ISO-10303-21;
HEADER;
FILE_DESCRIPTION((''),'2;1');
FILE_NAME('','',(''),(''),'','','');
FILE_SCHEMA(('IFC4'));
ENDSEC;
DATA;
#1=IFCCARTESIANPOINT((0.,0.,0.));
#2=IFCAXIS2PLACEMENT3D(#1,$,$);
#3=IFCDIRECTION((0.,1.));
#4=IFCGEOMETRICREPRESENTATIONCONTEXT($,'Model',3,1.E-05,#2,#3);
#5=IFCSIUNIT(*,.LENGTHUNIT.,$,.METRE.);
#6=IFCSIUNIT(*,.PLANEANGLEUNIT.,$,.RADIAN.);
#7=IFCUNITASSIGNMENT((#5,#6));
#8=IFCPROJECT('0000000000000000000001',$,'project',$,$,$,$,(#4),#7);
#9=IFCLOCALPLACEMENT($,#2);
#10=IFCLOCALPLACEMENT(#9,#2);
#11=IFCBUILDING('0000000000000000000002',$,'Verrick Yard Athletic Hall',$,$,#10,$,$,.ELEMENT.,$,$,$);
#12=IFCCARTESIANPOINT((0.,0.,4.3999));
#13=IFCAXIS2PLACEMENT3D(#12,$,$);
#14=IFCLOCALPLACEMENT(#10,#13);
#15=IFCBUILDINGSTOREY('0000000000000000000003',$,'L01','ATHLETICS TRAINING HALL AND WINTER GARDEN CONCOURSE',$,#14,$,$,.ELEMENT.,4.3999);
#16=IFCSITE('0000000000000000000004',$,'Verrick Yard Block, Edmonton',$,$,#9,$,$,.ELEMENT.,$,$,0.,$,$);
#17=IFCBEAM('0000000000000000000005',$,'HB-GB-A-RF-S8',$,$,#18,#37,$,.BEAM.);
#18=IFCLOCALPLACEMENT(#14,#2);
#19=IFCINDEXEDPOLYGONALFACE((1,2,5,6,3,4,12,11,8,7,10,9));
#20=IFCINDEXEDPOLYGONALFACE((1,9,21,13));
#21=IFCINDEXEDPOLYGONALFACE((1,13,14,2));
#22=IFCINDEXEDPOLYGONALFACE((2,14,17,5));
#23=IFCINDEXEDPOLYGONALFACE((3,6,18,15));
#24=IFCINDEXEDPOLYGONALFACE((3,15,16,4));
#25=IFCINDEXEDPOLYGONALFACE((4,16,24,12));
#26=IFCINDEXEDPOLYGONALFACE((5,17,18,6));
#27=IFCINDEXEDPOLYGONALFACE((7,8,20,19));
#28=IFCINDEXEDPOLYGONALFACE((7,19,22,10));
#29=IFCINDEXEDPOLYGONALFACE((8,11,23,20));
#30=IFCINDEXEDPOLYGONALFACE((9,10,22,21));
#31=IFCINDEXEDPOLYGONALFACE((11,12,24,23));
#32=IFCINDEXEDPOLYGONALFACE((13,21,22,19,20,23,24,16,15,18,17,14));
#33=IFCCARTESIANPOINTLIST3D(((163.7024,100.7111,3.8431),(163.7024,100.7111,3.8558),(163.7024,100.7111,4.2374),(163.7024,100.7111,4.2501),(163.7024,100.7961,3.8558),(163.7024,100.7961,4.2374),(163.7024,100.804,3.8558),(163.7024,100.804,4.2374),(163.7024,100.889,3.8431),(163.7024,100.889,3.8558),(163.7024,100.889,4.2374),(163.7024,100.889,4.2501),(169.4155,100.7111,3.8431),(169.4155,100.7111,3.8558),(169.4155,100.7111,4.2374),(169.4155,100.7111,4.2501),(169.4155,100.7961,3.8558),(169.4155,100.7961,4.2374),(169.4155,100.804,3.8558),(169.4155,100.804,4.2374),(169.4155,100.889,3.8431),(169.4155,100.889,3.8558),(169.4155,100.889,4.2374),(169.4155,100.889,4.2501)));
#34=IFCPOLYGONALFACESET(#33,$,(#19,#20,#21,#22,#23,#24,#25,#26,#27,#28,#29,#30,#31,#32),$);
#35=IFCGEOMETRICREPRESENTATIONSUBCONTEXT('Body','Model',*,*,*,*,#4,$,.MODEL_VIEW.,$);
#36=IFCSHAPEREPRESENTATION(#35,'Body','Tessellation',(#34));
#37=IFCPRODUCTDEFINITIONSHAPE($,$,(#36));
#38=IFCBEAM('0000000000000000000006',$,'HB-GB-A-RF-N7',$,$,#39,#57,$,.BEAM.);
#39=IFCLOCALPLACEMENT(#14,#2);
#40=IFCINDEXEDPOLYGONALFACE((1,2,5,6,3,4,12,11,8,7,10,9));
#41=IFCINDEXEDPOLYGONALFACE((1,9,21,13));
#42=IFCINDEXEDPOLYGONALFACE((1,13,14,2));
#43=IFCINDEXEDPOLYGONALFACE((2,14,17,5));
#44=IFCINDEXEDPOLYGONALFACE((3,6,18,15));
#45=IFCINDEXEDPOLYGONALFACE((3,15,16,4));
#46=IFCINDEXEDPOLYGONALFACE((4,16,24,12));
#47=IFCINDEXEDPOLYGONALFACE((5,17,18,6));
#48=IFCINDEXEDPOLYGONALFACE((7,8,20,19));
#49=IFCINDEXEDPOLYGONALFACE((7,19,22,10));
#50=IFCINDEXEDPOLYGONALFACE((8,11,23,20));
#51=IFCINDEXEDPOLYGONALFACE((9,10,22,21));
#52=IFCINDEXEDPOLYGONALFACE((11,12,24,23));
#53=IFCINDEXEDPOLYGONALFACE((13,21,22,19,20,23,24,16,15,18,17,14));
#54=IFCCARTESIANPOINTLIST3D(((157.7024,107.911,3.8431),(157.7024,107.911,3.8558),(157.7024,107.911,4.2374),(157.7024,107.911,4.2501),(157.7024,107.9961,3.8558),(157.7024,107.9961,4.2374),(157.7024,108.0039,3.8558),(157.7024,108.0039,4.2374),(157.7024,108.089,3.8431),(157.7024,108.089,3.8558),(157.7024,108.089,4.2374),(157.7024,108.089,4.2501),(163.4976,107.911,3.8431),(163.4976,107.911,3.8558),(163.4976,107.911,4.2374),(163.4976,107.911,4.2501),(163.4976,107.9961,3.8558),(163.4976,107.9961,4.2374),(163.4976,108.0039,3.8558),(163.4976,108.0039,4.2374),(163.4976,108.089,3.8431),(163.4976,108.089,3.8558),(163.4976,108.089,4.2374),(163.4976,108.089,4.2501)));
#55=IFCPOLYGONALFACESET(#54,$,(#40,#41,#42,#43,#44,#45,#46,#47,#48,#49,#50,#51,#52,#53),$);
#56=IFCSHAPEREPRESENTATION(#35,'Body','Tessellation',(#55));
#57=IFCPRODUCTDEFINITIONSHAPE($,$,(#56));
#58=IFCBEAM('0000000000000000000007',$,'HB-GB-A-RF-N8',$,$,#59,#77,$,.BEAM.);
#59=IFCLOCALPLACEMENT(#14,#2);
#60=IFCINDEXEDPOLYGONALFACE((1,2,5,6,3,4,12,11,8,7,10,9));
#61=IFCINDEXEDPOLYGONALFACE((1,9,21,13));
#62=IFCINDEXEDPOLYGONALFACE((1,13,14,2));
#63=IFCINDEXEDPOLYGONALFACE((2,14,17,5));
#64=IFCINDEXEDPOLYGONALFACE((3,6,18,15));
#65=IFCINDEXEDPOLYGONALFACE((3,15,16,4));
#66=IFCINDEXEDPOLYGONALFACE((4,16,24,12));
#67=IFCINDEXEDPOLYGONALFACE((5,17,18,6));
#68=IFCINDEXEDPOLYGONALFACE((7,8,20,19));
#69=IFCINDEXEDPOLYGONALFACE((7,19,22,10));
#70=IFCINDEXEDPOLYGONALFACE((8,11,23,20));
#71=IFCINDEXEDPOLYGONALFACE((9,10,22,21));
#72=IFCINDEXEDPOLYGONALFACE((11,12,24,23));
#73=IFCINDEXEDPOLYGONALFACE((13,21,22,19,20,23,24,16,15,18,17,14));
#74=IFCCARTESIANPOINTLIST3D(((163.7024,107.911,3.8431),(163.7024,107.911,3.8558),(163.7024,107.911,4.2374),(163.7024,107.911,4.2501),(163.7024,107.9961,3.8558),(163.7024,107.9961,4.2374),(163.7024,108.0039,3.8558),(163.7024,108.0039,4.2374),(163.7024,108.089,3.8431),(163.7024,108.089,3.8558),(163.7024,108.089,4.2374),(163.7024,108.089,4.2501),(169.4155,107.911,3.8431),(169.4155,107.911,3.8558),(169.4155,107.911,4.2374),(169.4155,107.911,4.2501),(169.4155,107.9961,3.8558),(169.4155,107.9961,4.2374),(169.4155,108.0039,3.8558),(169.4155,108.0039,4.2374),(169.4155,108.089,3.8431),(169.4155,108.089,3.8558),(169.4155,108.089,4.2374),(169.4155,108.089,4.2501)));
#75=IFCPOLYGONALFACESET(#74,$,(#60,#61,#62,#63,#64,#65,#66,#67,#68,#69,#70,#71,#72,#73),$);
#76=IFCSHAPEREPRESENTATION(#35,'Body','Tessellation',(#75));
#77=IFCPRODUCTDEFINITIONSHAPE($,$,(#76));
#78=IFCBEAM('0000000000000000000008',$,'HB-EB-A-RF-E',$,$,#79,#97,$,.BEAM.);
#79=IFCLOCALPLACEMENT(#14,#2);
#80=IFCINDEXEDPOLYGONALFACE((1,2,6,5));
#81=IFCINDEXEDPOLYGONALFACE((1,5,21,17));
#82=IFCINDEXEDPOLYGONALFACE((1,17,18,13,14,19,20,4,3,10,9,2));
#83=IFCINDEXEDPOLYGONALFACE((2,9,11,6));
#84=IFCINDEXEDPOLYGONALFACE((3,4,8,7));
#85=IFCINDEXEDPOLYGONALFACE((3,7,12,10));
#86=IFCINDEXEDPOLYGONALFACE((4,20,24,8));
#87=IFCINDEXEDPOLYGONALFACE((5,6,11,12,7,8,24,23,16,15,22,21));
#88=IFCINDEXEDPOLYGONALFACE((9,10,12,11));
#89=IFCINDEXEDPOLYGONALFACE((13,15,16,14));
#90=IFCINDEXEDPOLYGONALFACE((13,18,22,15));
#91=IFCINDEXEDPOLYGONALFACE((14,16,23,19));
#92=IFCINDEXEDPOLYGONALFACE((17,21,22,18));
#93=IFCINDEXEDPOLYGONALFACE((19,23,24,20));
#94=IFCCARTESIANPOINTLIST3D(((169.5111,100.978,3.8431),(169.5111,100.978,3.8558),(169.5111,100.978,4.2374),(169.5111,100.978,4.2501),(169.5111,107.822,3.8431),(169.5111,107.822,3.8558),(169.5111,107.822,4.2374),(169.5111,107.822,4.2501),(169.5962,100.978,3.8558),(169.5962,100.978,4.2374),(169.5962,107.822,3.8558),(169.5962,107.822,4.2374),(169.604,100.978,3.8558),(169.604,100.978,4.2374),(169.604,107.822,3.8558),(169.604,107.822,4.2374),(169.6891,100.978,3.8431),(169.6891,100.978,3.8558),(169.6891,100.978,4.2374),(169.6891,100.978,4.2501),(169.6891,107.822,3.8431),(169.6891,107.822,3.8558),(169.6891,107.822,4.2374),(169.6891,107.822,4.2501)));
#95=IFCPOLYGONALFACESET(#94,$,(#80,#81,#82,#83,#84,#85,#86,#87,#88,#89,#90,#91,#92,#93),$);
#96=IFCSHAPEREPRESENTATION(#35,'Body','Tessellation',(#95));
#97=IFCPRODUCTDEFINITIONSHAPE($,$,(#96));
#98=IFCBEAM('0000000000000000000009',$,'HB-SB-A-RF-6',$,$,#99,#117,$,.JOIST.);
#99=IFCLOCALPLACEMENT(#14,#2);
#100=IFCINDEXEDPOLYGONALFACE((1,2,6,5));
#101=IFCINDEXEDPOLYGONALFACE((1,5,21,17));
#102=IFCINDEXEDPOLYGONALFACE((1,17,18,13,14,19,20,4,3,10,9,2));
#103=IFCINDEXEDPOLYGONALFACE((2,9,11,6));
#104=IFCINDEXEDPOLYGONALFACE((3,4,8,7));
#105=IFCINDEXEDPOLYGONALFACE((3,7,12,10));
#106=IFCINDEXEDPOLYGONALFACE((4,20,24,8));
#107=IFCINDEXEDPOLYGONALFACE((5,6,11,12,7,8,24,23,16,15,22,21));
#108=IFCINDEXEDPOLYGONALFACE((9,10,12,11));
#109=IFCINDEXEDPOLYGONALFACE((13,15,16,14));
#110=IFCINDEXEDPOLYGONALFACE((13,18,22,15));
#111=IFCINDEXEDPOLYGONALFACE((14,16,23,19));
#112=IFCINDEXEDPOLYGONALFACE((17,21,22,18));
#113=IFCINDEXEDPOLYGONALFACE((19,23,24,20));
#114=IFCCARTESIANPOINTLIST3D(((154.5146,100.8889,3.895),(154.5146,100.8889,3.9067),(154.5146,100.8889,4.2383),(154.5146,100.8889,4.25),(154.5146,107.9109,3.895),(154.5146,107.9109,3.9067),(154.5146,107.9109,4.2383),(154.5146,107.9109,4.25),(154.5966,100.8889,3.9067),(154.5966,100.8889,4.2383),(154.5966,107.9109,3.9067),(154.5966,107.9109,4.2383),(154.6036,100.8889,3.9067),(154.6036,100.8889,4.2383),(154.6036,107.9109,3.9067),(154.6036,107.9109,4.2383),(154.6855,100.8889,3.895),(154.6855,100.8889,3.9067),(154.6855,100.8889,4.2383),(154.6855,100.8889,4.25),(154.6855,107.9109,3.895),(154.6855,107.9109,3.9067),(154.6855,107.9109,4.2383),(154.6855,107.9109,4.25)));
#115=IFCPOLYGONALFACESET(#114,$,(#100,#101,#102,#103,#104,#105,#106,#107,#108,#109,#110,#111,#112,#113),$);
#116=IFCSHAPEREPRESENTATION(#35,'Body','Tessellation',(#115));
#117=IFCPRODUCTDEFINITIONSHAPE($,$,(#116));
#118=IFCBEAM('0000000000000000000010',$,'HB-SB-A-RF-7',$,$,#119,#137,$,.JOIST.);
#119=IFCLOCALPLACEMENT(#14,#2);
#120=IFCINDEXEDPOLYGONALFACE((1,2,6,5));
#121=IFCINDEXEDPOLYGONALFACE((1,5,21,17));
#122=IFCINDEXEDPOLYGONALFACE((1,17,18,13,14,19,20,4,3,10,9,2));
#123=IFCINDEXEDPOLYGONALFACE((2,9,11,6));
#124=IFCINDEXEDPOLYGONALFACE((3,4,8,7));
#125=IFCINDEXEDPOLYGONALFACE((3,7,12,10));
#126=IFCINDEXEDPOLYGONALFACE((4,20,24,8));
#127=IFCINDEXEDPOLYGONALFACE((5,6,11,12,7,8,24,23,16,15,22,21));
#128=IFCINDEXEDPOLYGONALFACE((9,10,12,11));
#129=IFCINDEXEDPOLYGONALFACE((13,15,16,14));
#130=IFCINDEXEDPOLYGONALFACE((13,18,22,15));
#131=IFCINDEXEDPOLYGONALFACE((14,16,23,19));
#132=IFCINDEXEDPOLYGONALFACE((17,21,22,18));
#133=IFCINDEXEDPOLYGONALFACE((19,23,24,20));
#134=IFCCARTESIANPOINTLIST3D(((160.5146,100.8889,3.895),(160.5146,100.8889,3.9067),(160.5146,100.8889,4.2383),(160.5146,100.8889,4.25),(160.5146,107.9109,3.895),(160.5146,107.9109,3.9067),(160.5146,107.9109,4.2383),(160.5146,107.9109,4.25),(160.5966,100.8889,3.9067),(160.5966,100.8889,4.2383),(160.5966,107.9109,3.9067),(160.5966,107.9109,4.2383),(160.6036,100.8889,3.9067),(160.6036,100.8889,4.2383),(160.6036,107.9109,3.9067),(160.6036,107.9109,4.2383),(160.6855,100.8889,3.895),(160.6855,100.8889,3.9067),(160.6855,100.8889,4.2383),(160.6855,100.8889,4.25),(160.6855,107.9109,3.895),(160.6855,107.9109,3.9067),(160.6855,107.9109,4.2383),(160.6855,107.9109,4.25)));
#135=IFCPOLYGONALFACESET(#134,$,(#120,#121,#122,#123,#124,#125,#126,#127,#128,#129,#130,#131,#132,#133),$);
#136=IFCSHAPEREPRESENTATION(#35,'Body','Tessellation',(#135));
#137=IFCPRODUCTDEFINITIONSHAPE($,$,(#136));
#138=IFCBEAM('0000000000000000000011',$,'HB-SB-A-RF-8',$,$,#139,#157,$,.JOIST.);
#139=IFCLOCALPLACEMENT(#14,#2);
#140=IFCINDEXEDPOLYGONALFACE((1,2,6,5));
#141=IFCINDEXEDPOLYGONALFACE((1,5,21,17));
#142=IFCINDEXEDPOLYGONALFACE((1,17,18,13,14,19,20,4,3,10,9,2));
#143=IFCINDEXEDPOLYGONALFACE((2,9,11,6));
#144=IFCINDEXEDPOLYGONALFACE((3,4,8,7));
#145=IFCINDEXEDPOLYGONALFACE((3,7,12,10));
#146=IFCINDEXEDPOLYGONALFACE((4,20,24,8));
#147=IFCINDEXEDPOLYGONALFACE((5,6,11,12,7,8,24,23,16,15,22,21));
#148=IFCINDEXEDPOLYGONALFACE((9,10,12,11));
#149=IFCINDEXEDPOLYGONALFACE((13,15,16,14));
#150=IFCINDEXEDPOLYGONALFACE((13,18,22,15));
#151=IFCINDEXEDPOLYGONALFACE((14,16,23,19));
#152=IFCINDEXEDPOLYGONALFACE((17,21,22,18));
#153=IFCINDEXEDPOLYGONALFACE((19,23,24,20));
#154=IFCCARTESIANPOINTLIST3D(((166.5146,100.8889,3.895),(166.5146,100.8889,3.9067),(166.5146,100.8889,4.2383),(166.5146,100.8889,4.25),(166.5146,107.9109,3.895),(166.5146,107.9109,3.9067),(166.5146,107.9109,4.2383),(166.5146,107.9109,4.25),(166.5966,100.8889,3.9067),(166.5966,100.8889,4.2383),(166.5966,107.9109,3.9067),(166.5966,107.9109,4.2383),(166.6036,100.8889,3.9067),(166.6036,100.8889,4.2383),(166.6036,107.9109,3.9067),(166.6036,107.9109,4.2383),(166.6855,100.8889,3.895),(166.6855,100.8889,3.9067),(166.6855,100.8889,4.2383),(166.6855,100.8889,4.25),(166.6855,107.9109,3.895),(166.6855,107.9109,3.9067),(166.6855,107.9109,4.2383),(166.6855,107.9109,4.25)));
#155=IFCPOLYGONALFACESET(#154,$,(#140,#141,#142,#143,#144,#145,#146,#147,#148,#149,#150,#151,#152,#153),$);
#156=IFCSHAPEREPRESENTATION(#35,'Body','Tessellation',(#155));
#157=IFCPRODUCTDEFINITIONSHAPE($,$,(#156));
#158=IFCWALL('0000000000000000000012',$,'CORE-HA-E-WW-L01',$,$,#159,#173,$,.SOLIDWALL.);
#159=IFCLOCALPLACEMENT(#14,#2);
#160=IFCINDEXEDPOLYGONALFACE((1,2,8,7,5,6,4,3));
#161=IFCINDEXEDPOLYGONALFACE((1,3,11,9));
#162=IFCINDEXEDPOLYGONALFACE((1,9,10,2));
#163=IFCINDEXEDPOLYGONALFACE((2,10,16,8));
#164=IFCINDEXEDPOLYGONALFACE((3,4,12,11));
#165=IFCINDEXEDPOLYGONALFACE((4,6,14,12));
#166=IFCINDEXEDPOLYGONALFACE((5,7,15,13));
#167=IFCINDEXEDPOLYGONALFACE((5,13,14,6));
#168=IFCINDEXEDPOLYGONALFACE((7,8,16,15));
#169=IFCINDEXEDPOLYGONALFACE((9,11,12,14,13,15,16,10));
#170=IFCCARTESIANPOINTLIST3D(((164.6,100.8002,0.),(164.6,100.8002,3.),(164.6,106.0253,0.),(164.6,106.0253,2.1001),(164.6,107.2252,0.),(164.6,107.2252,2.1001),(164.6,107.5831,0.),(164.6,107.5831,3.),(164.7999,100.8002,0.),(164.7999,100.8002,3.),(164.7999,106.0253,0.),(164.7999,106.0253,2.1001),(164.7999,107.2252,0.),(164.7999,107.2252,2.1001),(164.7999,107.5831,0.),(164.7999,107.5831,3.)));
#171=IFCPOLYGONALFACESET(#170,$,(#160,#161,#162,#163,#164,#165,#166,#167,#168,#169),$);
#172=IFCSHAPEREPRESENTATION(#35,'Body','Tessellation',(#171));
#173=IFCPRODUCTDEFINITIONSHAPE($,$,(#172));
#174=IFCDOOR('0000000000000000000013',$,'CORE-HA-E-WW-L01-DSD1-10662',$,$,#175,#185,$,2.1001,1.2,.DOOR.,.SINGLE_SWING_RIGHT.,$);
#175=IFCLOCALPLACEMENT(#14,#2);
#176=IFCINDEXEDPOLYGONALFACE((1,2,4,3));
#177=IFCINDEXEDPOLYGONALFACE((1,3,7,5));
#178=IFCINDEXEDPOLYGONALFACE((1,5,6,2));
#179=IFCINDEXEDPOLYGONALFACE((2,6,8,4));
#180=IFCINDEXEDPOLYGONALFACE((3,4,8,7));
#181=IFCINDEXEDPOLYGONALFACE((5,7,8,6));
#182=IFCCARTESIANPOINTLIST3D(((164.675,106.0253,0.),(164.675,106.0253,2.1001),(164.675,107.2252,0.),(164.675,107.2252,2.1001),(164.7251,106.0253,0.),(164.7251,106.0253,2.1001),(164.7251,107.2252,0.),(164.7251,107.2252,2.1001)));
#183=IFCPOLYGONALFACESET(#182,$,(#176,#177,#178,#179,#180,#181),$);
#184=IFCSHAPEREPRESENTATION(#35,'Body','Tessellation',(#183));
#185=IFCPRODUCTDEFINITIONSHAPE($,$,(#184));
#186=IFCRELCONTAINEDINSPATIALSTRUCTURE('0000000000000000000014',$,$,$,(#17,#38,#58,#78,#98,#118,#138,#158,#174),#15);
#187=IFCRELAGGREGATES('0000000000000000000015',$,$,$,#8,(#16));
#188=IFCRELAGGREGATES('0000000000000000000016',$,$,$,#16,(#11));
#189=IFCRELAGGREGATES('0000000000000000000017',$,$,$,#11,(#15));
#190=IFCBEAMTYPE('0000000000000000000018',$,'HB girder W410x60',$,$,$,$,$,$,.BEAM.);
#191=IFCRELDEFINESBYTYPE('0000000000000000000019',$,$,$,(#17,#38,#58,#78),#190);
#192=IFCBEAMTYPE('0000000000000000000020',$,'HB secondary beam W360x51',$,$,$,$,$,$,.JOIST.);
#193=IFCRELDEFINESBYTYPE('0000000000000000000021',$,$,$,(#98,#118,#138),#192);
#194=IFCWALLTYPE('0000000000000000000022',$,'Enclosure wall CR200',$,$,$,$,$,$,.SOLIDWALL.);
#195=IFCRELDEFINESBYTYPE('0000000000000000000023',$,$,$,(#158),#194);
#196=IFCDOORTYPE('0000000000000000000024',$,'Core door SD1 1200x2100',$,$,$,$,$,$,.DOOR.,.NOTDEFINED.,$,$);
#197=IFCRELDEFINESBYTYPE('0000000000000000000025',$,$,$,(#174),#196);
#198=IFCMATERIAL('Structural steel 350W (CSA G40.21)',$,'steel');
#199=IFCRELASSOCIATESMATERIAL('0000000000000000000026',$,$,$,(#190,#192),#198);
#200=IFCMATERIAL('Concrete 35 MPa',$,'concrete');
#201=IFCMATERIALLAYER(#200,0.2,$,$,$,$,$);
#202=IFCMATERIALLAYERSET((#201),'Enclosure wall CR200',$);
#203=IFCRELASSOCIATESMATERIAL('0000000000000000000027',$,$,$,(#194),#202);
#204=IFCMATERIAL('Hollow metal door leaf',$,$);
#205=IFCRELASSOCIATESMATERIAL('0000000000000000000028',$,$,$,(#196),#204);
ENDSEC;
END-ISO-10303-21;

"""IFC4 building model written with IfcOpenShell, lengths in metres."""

from ifc_helpers import new_model, si_unit, direction, frame, frame_2d, origin, origin_2d, place, context, subcontext, project, spatial, rectangle, i_section, extrude, material, layer, layer_set, material_profile, profile_set, type_object, element, fill, save


model = new_model("IFC4")

# Units and contexts
model_context = context("Model", 3, precision=1e-05, world=origin(), true_north=direction((0.0, 1.0)))
body_context = subcontext(model_context, "Body", "Model", "MODEL_VIEW")
ifc_project = project(units=[si_unit("LENGTHUNIT", "METRE"), si_unit("PLANEANGLEUNIT", "RADIAN")], contexts=[model_context])

# Site, building, storey
site_placement = place(None, origin())
site = spatial("IfcSite", under=ifc_project, at=site_placement, Name="Verrick Yard Block, Edmonton", CompositionType="ELEMENT", RefElevation=0.0)
building_placement = place(site_placement, origin())
building = spatial("IfcBuilding", under=site, at=building_placement, Name="Verrick Yard Athletic Hall", CompositionType="ELEMENT")
storey_placement = place(building_placement, frame((0.0, 0.0, 4.3999)))
storey = spatial("IfcBuildingStorey", under=building, at=storey_placement, Name="L01", Description="ATHLETICS TRAINING HALL AND WINTER GARDEN CONCOURSE", CompositionType="ELEMENT", Elevation=4.3999)

# Shared definitions
ifc_material_1 = material(Name="Structural steel 350W (CSA G40.21)", Category="steel")

# Beams
ifc_material_profile_1 = material_profile(ifc_material_1, i_section(OverallWidth=0.178, OverallDepth=0.407, WebThickness=0.0078, FlangeThickness=0.0127, at=origin_2d()), Name="W410x60")
ifc_profile_set_1 = profile_set([ifc_material_profile_1], Name="Structural steel 350W (CSA G40.21)")
beam_type_1 = type_object("IfcBeamType", Name="HB girder W410x60", PredefinedType="BEAM", material=ifc_profile_set_1)
beam_1_placement = place(storey_placement, frame((163.7024, 100.8, 4.0466), z_axis=(1.0, 0.0, 0.0), x_axis=(0.0, 1.0, 0.0)))
element("IfcBeam", 1, at=beam_1_placement, inside=storey, type_object=beam_type_1, Name="HB-GB-A-RF-S8", PredefinedType="BEAM", context=body_context, shape_type="SweptSolid", body=[
    extrude(i_section(OverallWidth=0.178, OverallDepth=0.407, WebThickness=0.0078, FlangeThickness=0.0127, at=origin_2d()), origin(), (0.0, 0.0, 1.0), 5.7131),
])
beam_2_placement = place(storey_placement, frame((157.7024, 108.0, 4.0466), z_axis=(1.0, 0.0, 0.0), x_axis=(0.0, 1.0, 0.0)))
element("IfcBeam", 2, at=beam_2_placement, inside=storey, type_object=beam_type_1, Name="HB-GB-A-RF-N7", PredefinedType="BEAM", context=body_context, shape_type="SweptSolid", body=[
    extrude(i_section(OverallWidth=0.178, OverallDepth=0.407, WebThickness=0.0078, FlangeThickness=0.0127, at=origin_2d()), origin(), (0.0, 0.0, 1.0), 5.7952),
])
beam_3_placement = place(storey_placement, frame((163.7024, 108.0, 4.0466), z_axis=(1.0, 0.0, 0.0), x_axis=(0.0, 1.0, 0.0)))
element("IfcBeam", 3, at=beam_3_placement, inside=storey, type_object=beam_type_1, Name="HB-GB-A-RF-N8", PredefinedType="BEAM", context=body_context, shape_type="SweptSolid", body=[
    extrude(i_section(OverallWidth=0.178, OverallDepth=0.407, WebThickness=0.0078, FlangeThickness=0.0127, at=origin_2d()), origin(), (0.0, 0.0, 1.0), 5.7131),
])
beam_4_placement = place(storey_placement, frame((169.6001, 100.978, 4.0466), z_axis=(0.0, 1.0, 0.0), x_axis=(-1.0, 0.0, 0.0)))
element("IfcBeam", 4, at=beam_4_placement, inside=storey, type_object=beam_type_1, Name="HB-EB-A-RF-E", PredefinedType="BEAM", context=body_context, shape_type="SweptSolid", body=[
    extrude(i_section(OverallWidth=0.178, OverallDepth=0.407, WebThickness=0.0078, FlangeThickness=0.0127, at=origin_2d()), origin(), (0.0, 0.0, 1.0), 6.844),
])
ifc_material_profile_2 = material_profile(ifc_material_1, i_section(OverallWidth=0.1709, OverallDepth=0.355, WebThickness=0.0071, FlangeThickness=0.0117, at=origin_2d()), Name="W360x51")
ifc_profile_set_2 = profile_set([ifc_material_profile_2], Name="Structural steel 350W (CSA G40.21)")
beam_type_2 = type_object("IfcBeamType", Name="HB secondary beam W360x51", PredefinedType="JOIST", material=ifc_profile_set_2)
for number, where, z_axis, x_axis, name in (
    (5, (154.6001, 100.8889, 4.0725), (0.0, 1.0, 0.0), (-1.0, 0.0, 0.0), "HB-SB-A-RF-6"),
    (6, (160.6001, 100.8889, 4.0725), (0.0, 1.0, 0.0), (-1.0, 0.0, 0.0), "HB-SB-A-RF-7"),
    (7, (166.6001, 100.8889, 4.0725), (0.0, 1.0, 0.0), (-1.0, 0.0, 0.0), "HB-SB-A-RF-8"),
):
    element("IfcBeam", number, at=place(storey_placement, frame(where, z_axis=z_axis, x_axis=x_axis)), inside=storey, type_object=beam_type_2, Name=name, PredefinedType="JOIST", context=body_context, shape_type="SweptSolid", body=[
        extrude(i_section(OverallWidth=0.1709, OverallDepth=0.355, WebThickness=0.0071, FlangeThickness=0.0117, at=origin_2d()), origin(), (0.0, 0.0, 1.0), 7.022),
    ])

# Wall, opening, door
ifc_material_2 = material(Name="Concrete 35 MPa", Category="concrete")
ifc_layer_1 = layer(ifc_material_2, 0.2)
ifc_layer_set_1 = layer_set([ifc_layer_1], Name="Enclosure wall CR200")
wall_type_1 = type_object("IfcWallType", Name="Enclosure wall CR200", PredefinedType="SOLIDWALL", material=ifc_layer_set_1)
wall_1_placement = place(storey_placement, frame((164.7, 100.8, 0.0), z_axis=(0.0, 0.0, 1.0), x_axis=(0.0, 1.0, 0.0)))
wall_1 = element("IfcWall", 8, at=wall_1_placement, inside=storey, type_object=wall_type_1, Name="CORE-HA-E-WW-L01", PredefinedType="SOLIDWALL", context=body_context, shape_type="SweptSolid", body=[
    extrude(rectangle(XDim=6.783, YDim=0.2, at=frame_2d((3.3916, 0.0))), origin(), (0.0, 0.0, 1.0), 3.0),
])
opening_1_placement = place(wall_1_placement, frame((5.2251, 0.0, 0.0)))
opening_1 = element("IfcOpeningElement", 9, at=opening_1_placement, cuts=wall_1, PredefinedType="OPENING", context=body_context, shape_type="SweptSolid", body=[
    extrude(rectangle(XDim=1.2, YDim=2.1001, at=frame_2d((0.6001, 1.05))), frame((0.0, 0.1099, 0.0), z_axis=(0.0, -1.0, 0.0), x_axis=(1.0, 0.0, 0.0)), (0.0, 0.0, 1.0), 0.22),
])
ifc_material_3 = material(Name="Hollow metal door leaf")
door_type_1 = type_object("IfcDoorType", Name="Core door SD1 1200x2100", OperationType="NOTDEFINED", PredefinedType="DOOR", material=ifc_material_3)
door_1_placement = place(opening_1_placement, origin())
door_1 = element("IfcDoor", 10, at=door_1_placement, inside=storey, type_object=door_type_1, Name="CORE-HA-E-WW-L01-DSD1-10662", OperationType="SINGLE_SWING_RIGHT", OverallHeight=2.1001, OverallWidth=1.2, PredefinedType="DOOR", context=body_context, shape_type="SweptSolid", body=[
    extrude(rectangle(XDim=1.2, YDim=2.1001, at=frame_2d((0.6001, 1.05))), frame((0.0, 0.0249, 0.0), z_axis=(0.0, -1.0, 0.0), x_axis=(1.0, 0.0, 0.0)), (0.0, 0.0, 1.0), 0.05),
])
fill(opening_1, door_1)

save(model, "model.ifc")
